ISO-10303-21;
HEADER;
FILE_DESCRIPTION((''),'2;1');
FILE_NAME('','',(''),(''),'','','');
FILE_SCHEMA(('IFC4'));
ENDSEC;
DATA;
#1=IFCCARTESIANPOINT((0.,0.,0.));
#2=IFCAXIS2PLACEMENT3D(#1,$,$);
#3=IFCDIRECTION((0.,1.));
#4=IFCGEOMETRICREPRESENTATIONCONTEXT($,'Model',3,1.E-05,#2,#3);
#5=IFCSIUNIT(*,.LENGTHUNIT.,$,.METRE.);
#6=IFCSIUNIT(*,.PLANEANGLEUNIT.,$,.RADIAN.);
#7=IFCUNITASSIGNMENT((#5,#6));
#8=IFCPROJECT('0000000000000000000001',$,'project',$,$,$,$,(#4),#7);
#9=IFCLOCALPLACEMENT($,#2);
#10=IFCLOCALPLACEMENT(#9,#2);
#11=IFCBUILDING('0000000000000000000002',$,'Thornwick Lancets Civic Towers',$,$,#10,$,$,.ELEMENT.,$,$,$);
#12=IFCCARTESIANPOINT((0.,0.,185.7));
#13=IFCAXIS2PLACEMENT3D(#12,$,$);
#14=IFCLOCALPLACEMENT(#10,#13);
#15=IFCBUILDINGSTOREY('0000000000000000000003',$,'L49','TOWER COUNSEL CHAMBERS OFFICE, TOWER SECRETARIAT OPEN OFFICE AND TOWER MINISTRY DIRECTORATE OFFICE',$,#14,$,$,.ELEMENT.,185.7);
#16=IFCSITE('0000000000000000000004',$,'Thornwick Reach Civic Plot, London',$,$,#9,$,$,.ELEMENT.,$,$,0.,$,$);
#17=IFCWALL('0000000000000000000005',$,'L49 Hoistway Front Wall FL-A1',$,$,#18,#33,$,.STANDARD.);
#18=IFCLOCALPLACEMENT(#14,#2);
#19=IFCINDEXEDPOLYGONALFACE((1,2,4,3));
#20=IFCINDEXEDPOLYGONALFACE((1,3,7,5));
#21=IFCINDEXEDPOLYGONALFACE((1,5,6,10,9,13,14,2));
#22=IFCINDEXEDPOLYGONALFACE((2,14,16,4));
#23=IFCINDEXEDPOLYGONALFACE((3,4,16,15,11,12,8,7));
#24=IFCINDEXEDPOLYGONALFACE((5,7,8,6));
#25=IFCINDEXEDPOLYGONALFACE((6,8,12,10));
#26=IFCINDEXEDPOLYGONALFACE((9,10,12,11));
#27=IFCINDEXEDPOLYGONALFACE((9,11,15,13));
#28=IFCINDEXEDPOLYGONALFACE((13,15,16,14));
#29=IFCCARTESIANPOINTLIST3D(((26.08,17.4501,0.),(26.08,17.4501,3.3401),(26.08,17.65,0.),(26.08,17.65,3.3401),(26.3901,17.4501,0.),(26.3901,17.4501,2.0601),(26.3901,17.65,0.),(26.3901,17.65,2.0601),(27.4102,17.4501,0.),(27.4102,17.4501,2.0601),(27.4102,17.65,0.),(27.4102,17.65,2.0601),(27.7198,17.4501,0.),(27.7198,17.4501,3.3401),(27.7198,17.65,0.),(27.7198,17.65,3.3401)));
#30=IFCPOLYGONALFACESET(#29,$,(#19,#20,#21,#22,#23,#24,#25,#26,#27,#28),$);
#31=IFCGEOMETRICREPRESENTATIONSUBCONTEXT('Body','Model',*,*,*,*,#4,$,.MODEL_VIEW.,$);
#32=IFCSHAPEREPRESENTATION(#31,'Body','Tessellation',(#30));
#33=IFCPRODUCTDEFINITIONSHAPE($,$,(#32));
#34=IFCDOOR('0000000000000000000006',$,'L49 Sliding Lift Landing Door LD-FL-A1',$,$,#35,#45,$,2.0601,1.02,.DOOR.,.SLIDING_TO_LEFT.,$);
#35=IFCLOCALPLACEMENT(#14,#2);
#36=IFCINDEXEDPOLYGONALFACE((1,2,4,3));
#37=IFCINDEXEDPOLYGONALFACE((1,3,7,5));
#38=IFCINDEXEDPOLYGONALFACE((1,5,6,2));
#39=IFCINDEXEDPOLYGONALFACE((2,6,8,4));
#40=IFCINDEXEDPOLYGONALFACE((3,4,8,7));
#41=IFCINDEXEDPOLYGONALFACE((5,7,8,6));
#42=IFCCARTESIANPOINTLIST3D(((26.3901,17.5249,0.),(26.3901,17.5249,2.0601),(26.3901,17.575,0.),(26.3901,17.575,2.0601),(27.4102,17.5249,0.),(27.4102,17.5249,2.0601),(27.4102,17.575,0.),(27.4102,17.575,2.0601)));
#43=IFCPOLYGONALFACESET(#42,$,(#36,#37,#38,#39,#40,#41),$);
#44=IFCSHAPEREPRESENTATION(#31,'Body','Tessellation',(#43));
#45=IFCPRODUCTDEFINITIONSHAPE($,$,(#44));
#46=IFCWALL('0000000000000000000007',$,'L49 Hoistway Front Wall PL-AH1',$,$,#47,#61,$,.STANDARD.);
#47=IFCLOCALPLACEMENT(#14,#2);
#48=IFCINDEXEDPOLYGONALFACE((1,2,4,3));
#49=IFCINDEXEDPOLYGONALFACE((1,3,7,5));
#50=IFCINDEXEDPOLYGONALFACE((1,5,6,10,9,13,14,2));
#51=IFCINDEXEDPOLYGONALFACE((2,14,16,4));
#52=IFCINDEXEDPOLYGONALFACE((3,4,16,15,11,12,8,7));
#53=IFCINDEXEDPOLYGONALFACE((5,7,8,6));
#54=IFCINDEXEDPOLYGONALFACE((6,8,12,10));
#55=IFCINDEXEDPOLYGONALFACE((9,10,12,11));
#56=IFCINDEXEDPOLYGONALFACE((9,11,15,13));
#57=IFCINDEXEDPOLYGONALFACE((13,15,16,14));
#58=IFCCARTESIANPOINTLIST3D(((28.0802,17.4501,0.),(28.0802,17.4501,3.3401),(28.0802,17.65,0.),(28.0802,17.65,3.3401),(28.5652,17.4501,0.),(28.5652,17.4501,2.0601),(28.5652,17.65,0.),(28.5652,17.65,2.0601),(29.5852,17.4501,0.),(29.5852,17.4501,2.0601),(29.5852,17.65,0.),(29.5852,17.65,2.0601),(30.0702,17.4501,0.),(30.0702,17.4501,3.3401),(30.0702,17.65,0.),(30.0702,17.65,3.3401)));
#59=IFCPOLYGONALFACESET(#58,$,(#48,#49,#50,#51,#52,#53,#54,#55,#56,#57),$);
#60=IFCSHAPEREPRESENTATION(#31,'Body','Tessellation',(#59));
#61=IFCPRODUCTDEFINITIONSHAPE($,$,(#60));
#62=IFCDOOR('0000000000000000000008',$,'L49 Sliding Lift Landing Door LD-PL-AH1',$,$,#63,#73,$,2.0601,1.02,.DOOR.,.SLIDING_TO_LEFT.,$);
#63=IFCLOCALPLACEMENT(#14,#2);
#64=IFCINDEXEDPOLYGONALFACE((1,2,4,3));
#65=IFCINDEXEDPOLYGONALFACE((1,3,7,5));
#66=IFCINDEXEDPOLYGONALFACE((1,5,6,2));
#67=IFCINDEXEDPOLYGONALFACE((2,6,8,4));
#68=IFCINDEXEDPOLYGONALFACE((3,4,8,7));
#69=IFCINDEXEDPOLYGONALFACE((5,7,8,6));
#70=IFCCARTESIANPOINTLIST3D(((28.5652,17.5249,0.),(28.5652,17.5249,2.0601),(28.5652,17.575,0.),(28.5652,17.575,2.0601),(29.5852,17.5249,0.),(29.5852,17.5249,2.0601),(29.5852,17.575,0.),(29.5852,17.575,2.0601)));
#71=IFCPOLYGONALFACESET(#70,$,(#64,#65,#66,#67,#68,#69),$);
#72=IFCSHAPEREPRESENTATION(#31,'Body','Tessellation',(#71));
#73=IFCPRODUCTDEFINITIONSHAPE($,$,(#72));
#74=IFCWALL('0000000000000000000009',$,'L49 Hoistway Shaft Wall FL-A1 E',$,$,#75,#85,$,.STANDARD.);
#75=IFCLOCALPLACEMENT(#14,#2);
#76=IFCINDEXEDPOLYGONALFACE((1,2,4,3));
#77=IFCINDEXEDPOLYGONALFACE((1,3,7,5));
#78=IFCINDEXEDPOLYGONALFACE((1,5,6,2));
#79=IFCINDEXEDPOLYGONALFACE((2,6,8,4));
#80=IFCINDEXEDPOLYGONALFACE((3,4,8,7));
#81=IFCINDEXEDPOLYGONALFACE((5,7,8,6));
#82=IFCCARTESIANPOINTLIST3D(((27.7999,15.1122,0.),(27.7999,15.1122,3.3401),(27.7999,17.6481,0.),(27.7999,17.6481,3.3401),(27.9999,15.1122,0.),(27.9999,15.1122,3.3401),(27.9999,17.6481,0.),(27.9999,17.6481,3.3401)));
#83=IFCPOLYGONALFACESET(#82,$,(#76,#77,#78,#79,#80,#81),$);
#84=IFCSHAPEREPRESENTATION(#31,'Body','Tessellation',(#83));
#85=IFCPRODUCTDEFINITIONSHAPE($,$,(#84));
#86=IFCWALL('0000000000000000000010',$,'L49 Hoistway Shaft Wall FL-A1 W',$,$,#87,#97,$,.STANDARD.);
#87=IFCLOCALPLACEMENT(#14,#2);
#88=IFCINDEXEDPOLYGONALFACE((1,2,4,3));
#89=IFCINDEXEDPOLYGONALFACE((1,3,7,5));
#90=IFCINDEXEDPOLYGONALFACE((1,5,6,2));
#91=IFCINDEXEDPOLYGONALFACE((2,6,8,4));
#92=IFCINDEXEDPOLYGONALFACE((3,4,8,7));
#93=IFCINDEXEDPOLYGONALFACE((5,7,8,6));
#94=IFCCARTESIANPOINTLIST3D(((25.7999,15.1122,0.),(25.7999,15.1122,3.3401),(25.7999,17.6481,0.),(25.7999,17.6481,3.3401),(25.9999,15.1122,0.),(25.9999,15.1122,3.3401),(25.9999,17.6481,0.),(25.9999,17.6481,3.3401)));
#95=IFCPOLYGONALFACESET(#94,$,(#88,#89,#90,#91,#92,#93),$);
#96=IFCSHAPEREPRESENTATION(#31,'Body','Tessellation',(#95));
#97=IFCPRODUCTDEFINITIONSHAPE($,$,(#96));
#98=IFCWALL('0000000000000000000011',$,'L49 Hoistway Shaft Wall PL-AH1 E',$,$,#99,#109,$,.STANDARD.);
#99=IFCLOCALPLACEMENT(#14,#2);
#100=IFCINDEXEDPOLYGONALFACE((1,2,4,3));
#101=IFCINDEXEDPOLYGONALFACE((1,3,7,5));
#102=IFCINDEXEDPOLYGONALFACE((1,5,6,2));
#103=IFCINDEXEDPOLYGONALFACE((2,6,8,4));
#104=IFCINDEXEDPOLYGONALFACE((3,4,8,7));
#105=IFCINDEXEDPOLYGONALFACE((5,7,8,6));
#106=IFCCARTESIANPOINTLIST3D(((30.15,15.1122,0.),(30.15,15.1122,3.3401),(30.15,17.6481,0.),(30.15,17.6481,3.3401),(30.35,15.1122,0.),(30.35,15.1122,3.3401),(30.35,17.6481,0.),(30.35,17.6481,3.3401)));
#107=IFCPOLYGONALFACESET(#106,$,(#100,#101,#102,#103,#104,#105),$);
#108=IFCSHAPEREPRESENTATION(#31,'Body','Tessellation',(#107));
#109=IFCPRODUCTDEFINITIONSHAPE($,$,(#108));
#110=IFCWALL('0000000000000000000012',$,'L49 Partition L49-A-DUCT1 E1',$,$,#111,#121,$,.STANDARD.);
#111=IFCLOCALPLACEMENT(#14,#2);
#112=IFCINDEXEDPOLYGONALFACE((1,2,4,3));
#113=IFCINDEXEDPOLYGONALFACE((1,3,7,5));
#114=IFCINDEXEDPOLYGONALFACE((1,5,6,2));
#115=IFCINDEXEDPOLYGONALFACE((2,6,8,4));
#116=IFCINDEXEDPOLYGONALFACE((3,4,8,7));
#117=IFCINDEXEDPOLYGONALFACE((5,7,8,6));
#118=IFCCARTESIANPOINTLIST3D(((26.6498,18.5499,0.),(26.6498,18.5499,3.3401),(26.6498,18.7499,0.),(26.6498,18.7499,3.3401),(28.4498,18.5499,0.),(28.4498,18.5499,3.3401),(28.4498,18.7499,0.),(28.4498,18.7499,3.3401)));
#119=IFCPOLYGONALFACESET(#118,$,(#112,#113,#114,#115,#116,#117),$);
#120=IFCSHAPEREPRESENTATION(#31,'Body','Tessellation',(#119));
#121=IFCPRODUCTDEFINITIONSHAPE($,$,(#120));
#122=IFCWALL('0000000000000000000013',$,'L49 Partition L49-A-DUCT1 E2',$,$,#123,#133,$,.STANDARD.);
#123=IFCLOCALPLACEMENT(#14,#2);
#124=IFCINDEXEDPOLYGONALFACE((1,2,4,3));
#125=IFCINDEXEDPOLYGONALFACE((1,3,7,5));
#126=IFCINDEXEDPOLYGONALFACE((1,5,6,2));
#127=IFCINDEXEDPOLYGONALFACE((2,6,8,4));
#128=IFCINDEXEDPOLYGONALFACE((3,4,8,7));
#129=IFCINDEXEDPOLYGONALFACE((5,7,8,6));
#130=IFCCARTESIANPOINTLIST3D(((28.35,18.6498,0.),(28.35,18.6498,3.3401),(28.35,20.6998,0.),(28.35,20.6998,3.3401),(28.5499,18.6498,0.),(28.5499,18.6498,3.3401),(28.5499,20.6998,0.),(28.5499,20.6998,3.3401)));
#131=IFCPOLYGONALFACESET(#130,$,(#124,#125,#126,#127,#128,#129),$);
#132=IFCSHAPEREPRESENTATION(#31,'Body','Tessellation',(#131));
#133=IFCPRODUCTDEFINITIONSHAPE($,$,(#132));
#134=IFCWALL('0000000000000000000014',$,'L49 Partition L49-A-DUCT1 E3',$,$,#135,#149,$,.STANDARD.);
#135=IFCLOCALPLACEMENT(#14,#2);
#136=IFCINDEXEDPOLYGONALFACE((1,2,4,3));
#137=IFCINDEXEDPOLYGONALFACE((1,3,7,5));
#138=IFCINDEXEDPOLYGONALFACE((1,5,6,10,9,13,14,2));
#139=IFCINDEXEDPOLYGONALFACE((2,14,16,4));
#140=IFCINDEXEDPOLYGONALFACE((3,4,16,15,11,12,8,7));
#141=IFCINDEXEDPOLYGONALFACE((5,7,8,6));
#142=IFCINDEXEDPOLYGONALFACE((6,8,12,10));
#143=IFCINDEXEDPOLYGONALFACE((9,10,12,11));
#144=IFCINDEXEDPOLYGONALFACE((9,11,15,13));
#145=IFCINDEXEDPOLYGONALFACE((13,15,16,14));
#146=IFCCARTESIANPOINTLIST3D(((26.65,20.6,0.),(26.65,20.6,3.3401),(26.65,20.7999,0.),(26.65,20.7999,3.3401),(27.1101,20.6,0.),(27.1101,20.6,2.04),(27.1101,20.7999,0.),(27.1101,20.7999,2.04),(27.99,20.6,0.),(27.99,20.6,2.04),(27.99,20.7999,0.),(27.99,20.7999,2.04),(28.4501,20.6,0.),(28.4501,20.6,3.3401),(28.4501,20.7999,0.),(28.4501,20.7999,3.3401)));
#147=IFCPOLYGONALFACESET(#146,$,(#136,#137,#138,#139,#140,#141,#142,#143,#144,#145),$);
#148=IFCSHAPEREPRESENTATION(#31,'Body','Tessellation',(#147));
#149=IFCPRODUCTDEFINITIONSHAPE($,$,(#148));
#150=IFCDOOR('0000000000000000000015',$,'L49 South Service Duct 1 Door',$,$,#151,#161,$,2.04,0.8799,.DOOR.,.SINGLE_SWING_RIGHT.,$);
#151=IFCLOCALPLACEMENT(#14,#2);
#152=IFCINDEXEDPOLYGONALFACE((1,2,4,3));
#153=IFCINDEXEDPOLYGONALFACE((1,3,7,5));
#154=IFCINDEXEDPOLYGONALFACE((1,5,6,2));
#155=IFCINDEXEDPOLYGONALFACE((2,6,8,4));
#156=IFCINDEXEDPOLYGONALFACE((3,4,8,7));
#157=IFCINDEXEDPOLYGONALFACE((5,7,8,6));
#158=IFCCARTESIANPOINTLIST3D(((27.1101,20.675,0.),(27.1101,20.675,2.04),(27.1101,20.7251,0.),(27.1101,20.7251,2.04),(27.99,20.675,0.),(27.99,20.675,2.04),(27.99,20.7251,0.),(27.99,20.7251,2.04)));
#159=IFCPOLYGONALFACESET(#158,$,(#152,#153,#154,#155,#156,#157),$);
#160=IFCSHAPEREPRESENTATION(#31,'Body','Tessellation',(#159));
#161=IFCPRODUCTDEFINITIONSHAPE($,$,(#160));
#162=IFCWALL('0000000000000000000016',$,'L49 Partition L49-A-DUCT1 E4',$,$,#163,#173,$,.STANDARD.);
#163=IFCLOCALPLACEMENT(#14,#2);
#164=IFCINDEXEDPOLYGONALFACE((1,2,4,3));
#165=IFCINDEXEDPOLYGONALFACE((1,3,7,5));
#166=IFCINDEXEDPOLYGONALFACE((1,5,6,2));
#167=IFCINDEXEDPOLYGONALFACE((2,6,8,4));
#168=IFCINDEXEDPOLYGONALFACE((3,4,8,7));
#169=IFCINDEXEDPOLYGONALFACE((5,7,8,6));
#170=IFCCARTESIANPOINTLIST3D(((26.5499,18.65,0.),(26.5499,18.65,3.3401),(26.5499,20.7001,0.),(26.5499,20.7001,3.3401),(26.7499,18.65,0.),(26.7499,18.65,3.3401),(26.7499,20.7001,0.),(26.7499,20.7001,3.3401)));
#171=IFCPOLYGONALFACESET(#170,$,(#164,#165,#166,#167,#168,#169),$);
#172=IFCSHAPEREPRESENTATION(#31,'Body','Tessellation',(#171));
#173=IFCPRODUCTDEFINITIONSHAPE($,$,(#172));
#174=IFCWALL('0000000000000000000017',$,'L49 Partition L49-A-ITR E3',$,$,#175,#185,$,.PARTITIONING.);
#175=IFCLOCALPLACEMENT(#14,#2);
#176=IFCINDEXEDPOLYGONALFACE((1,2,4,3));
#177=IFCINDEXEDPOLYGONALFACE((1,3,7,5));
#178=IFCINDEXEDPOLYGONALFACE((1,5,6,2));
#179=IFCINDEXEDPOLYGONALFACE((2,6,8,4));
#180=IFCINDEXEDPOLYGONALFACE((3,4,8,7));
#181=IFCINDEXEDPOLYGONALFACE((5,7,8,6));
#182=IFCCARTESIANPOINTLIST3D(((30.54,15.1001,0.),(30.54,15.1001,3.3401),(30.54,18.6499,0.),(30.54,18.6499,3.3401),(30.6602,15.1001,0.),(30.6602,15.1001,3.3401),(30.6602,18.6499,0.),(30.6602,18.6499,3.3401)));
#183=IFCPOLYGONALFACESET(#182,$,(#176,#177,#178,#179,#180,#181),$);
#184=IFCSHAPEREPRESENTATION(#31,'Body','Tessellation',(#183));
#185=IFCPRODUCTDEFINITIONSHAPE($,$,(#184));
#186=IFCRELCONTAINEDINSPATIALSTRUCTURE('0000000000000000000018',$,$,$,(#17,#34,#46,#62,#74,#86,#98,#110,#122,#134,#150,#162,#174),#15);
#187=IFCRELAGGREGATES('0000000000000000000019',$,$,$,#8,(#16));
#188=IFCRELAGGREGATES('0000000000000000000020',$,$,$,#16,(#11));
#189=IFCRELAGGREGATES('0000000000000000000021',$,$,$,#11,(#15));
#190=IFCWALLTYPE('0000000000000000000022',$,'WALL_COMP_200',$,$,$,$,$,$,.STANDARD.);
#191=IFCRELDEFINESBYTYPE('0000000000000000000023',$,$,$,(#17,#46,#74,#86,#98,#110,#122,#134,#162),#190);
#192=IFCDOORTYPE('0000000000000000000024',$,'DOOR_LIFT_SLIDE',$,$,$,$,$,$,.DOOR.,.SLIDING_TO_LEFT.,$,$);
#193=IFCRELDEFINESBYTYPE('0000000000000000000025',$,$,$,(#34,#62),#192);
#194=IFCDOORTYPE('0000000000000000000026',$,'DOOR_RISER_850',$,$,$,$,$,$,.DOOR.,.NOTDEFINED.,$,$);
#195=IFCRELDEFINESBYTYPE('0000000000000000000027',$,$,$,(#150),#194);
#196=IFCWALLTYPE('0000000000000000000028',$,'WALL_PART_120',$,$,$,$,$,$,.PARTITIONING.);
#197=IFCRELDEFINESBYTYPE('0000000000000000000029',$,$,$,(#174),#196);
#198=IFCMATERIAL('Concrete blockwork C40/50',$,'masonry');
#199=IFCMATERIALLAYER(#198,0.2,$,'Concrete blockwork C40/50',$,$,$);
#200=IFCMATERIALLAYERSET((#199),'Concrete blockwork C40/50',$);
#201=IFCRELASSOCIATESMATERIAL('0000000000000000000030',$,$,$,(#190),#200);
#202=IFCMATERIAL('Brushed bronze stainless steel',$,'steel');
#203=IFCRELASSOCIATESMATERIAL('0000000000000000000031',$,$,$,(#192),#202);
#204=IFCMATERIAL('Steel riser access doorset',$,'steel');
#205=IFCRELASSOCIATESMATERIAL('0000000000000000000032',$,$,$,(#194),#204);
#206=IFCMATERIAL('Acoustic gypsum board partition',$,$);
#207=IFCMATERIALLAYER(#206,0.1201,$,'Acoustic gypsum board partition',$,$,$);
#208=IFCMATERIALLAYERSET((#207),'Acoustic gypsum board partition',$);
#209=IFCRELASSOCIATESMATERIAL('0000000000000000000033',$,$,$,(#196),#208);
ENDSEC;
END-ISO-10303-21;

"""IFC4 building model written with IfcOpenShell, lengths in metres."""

from ifc_helpers import new_model, si_unit, direction, frame, frame_2d, origin, place, context, subcontext, project, spatial, rectangle, extrude, material, layer, layer_set, type_object, element, fill, save


model = new_model("IFC4")

# Units and contexts
model_context = context("Model", 3, precision=1e-05, world=origin(), true_north=direction((0.0, 1.0)))
body_context = subcontext(model_context, "Body", "Model", "MODEL_VIEW")
ifc_project = project(units=[si_unit("LENGTHUNIT", "METRE"), si_unit("PLANEANGLEUNIT", "RADIAN")], contexts=[model_context])

# Site, building, storey
site_placement = place(None, origin())
site = spatial("IfcSite", under=ifc_project, at=site_placement, Name="Thornwick Reach Civic Plot, London", CompositionType="ELEMENT", RefElevation=0.0)
building_placement = place(site_placement, origin())
building = spatial("IfcBuilding", under=site, at=building_placement, Name="Thornwick Lancets Civic Towers", CompositionType="ELEMENT")
storey_placement = place(building_placement, frame((0.0, 0.0, 185.7)))
storey = spatial("IfcBuildingStorey", under=building, at=storey_placement, Name="L49", Description="TOWER COUNSEL CHAMBERS OFFICE, TOWER SECRETARIAT OPEN OFFICE AND TOWER MINISTRY DIRECTORATE OFFICE", CompositionType="ELEMENT", Elevation=185.7)

# Walls, openings, doors
ifc_material_1 = material(Name="Concrete blockwork C40/50", Category="masonry")
ifc_layer_1 = layer(ifc_material_1, 0.2, Name="Concrete blockwork C40/50")
ifc_layer_set_1 = layer_set([ifc_layer_1], Name="Concrete blockwork C40/50")
wall_type_1 = type_object("IfcWallType", Name="WALL_COMP_200", PredefinedType="STANDARD", material=ifc_layer_set_1)
wall_1_placement = place(storey_placement, frame((26.0801, 17.55, 0.0), z_axis=(0.0, 0.0, 1.0), x_axis=(1.0, 0.0, 0.0)))
wall_1 = element("IfcWall", 1, at=wall_1_placement, inside=storey, type_object=wall_type_1, Name="L49 Hoistway Front Wall FL-A1", PredefinedType="STANDARD", context=body_context, shape_type="SweptSolid", body=[
    extrude(rectangle(XDim=1.6399, YDim=0.2, at=frame_2d((0.8198, 0.0))), origin(), (0.0, 0.0, 1.0), 3.3401),
])
opening_1_placement = place(wall_1_placement, frame((0.3101, 0.0, 0.0)))
opening_1 = element("IfcOpeningElement", 2, at=opening_1_placement, cuts=wall_1, PredefinedType="OPENING", context=body_context, shape_type="SweptSolid", body=[
    extrude(rectangle(XDim=1.02, YDim=2.0601, at=frame_2d((0.51, 1.03))), frame((0.0, 0.1099, 0.0), z_axis=(0.0, -1.0, 0.0), x_axis=(1.0, 0.0, 0.0)), (0.0, 0.0, 1.0), 0.22),
])
ifc_material_2 = material(Name="Brushed bronze stainless steel", Category="steel")
door_type_1 = type_object("IfcDoorType", Name="DOOR_LIFT_SLIDE", OperationType="SLIDING_TO_LEFT", PredefinedType="DOOR", material=ifc_material_2)
door_1_placement = place(opening_1_placement, origin())
door_1 = element("IfcDoor", 3, at=door_1_placement, inside=storey, type_object=door_type_1, Name="L49 Sliding Lift Landing Door LD-FL-A1", OperationType="SLIDING_TO_LEFT", OverallHeight=2.0601, OverallWidth=1.02, PredefinedType="DOOR", context=body_context, shape_type="SweptSolid", body=[
    extrude(rectangle(XDim=1.02, YDim=2.0601, at=frame_2d((0.51, 1.03))), frame((0.0, 0.0249, 0.0), z_axis=(0.0, -1.0, 0.0), x_axis=(1.0, 0.0, 0.0)), (0.0, 0.0, 1.0), 0.05),
])
fill(opening_1, door_1)
wall_2_placement = place(storey_placement, frame((28.0801, 17.55, 0.0), z_axis=(0.0, 0.0, 1.0), x_axis=(1.0, 0.0, 0.0)))
wall_2 = element("IfcWall", 4, at=wall_2_placement, inside=storey, type_object=wall_type_1, Name="L49 Hoistway Front Wall PL-AH1", PredefinedType="STANDARD", context=body_context, shape_type="SweptSolid", body=[
    extrude(rectangle(XDim=1.99, YDim=0.2, at=frame_2d((0.9951, 0.0))), origin(), (0.0, 0.0, 1.0), 3.3401),
])
opening_2_placement = place(wall_2_placement, frame((0.4851, 0.0, 0.0)))
opening_2 = element("IfcOpeningElement", 5, at=opening_2_placement, cuts=wall_2, PredefinedType="OPENING", context=body_context, shape_type="SweptSolid", body=[
    extrude(rectangle(XDim=1.02, YDim=2.0601, at=frame_2d((0.51, 1.03))), frame((0.0, 0.1099, 0.0), z_axis=(0.0, -1.0, 0.0), x_axis=(1.0, 0.0, 0.0)), (0.0, 0.0, 1.0), 0.22),
])
door_2_placement = place(opening_2_placement, origin())
door_2 = element("IfcDoor", 6, at=door_2_placement, inside=storey, type_object=door_type_1, Name="L49 Sliding Lift Landing Door LD-PL-AH1", OperationType="SLIDING_TO_LEFT", OverallHeight=2.0601, OverallWidth=1.02, PredefinedType="DOOR", context=body_context, shape_type="SweptSolid", body=[
    extrude(rectangle(XDim=1.02, YDim=2.0601, at=frame_2d((0.51, 1.03))), frame((0.0, 0.0249, 0.0), z_axis=(0.0, -1.0, 0.0), x_axis=(1.0, 0.0, 0.0)), (0.0, 0.0, 1.0), 0.05),
])
fill(opening_2, door_2)

# Walls
for number, where, z_axis, x_axis, name in (
    (7, (27.8999, 15.1121, 0.0), (0.0, 0.0, 1.0), (0.0, 1.0, 0.0), "L49 Hoistway Shaft Wall FL-A1 E"),
    (8, (25.8999, 15.1121, 0.0), (0.0, 0.0, 1.0), (0.0, 1.0, 0.0), "L49 Hoistway Shaft Wall FL-A1 W"),
    (9, (30.25, 15.1121, 0.0), (0.0, 0.0, 1.0), (0.0, 1.0, 0.0), "L49 Hoistway Shaft Wall PL-AH1 E"),
):
    element("IfcWall", number, at=place(storey_placement, frame(where, z_axis=z_axis, x_axis=x_axis)), inside=storey, type_object=wall_type_1, Name=name, PredefinedType="STANDARD", context=body_context, shape_type="SweptSolid", body=[
        extrude(rectangle(XDim=2.5359, YDim=0.2, at=frame_2d((1.2681, 0.0))), origin(), (0.0, 0.0, 1.0), 3.3401),
    ])
wall_3_placement = place(storey_placement, frame((26.6499, 18.6499, 0.0), z_axis=(0.0, 0.0, 1.0), x_axis=(1.0, 0.0, 0.0)))
element("IfcWall", 10, at=wall_3_placement, inside=storey, type_object=wall_type_1, Name="L49 Partition L49-A-DUCT1 E1", PredefinedType="STANDARD", context=body_context, shape_type="SweptSolid", body=[
    extrude(rectangle(XDim=1.8, YDim=0.2, at=frame_2d((0.8999, 0.0))), origin(), (0.0, 0.0, 1.0), 3.3401),
])
wall_4_placement = place(storey_placement, frame((28.45, 18.6499, 0.0), z_axis=(0.0, 0.0, 1.0), x_axis=(0.0, 1.0, 0.0)))
element("IfcWall", 11, at=wall_4_placement, inside=storey, type_object=wall_type_1, Name="L49 Partition L49-A-DUCT1 E2", PredefinedType="STANDARD", context=body_context, shape_type="SweptSolid", body=[
    extrude(rectangle(XDim=2.05, YDim=0.2, at=frame_2d((1.0249, 0.0))), origin(), (0.0, 0.0, 1.0), 3.3401),
])

# Wall, opening, door
wall_5_placement = place(storey_placement, frame((28.45, 20.7, 0.0), z_axis=(0.0, 0.0, 1.0), x_axis=(-1.0, 0.0, 0.0)))
wall_5 = element("IfcWall", 12, at=wall_5_placement, inside=storey, type_object=wall_type_1, Name="L49 Partition L49-A-DUCT1 E3", PredefinedType="STANDARD", context=body_context, shape_type="SweptSolid", body=[
    extrude(rectangle(XDim=1.8, YDim=0.2, at=frame_2d((0.8999, 0.0))), origin(), (0.0, 0.0, 1.0), 3.3401),
])
opening_3_placement = place(wall_5_placement, frame((0.46, 0.0, 0.0)))
opening_3 = element("IfcOpeningElement", 13, at=opening_3_placement, cuts=wall_5, PredefinedType="OPENING", context=body_context, shape_type="SweptSolid", body=[
    extrude(rectangle(XDim=0.8799, YDim=2.04, at=frame_2d((0.4399, 1.02))), frame((0.0, 0.1099, 0.0), z_axis=(0.0, -1.0, 0.0), x_axis=(1.0, 0.0, 0.0)), (0.0, 0.0, 1.0), 0.22),
])
ifc_material_3 = material(Name="Steel riser access doorset", Category="steel")
door_type_2 = type_object("IfcDoorType", Name="DOOR_RISER_850", OperationType="NOTDEFINED", PredefinedType="DOOR", material=ifc_material_3)
door_3_placement = place(opening_3_placement, origin())
door_3 = element("IfcDoor", 14, at=door_3_placement, inside=storey, type_object=door_type_2, Name="L49 South Service Duct 1 Door", OperationType="SINGLE_SWING_RIGHT", OverallHeight=2.04, OverallWidth=0.8799, PredefinedType="DOOR", context=body_context, shape_type="SweptSolid", body=[
    extrude(rectangle(XDim=0.8799, YDim=2.04, at=frame_2d((0.4399, 1.02))), frame((0.0, 0.0249, 0.0), z_axis=(0.0, -1.0, 0.0), x_axis=(1.0, 0.0, 0.0)), (0.0, 0.0, 1.0), 0.05),
])
fill(opening_3, door_3)

# Walls
wall_6_placement = place(storey_placement, frame((26.6499, 20.7, 0.0), z_axis=(0.0, 0.0, 1.0), x_axis=(0.0, -1.0, 0.0)))
element("IfcWall", 15, at=wall_6_placement, inside=storey, type_object=wall_type_1, Name="L49 Partition L49-A-DUCT1 E4", PredefinedType="STANDARD", context=body_context, shape_type="SweptSolid", body=[
    extrude(rectangle(XDim=2.05, YDim=0.2, at=frame_2d((1.0249, 0.0))), origin(), (0.0, 0.0, 1.0), 3.3401),
])
ifc_material_4 = material(Name="Acoustic gypsum board partition")
ifc_layer_2 = layer(ifc_material_4, 0.1201, Name="Acoustic gypsum board partition")
ifc_layer_set_2 = layer_set([ifc_layer_2], Name="Acoustic gypsum board partition")
wall_type_2 = type_object("IfcWallType", Name="WALL_PART_120", PredefinedType="PARTITIONING", material=ifc_layer_set_2)
wall_7_placement = place(storey_placement, frame((30.6001, 15.1001, 0.0), z_axis=(0.0, 0.0, 1.0), x_axis=(0.0, 1.0, 0.0)))
element("IfcWall", 16, at=wall_7_placement, inside=storey, type_object=wall_type_2, Name="L49 Partition L49-A-ITR E3", PredefinedType="PARTITIONING", context=body_context, shape_type="SweptSolid", body=[
    extrude(rectangle(XDim=3.5498, YDim=0.1201, at=frame_2d((1.7749, 0.0))), origin(), (0.0, 0.0, 1.0), 3.3401),
])

save(model, "model.ifc")
